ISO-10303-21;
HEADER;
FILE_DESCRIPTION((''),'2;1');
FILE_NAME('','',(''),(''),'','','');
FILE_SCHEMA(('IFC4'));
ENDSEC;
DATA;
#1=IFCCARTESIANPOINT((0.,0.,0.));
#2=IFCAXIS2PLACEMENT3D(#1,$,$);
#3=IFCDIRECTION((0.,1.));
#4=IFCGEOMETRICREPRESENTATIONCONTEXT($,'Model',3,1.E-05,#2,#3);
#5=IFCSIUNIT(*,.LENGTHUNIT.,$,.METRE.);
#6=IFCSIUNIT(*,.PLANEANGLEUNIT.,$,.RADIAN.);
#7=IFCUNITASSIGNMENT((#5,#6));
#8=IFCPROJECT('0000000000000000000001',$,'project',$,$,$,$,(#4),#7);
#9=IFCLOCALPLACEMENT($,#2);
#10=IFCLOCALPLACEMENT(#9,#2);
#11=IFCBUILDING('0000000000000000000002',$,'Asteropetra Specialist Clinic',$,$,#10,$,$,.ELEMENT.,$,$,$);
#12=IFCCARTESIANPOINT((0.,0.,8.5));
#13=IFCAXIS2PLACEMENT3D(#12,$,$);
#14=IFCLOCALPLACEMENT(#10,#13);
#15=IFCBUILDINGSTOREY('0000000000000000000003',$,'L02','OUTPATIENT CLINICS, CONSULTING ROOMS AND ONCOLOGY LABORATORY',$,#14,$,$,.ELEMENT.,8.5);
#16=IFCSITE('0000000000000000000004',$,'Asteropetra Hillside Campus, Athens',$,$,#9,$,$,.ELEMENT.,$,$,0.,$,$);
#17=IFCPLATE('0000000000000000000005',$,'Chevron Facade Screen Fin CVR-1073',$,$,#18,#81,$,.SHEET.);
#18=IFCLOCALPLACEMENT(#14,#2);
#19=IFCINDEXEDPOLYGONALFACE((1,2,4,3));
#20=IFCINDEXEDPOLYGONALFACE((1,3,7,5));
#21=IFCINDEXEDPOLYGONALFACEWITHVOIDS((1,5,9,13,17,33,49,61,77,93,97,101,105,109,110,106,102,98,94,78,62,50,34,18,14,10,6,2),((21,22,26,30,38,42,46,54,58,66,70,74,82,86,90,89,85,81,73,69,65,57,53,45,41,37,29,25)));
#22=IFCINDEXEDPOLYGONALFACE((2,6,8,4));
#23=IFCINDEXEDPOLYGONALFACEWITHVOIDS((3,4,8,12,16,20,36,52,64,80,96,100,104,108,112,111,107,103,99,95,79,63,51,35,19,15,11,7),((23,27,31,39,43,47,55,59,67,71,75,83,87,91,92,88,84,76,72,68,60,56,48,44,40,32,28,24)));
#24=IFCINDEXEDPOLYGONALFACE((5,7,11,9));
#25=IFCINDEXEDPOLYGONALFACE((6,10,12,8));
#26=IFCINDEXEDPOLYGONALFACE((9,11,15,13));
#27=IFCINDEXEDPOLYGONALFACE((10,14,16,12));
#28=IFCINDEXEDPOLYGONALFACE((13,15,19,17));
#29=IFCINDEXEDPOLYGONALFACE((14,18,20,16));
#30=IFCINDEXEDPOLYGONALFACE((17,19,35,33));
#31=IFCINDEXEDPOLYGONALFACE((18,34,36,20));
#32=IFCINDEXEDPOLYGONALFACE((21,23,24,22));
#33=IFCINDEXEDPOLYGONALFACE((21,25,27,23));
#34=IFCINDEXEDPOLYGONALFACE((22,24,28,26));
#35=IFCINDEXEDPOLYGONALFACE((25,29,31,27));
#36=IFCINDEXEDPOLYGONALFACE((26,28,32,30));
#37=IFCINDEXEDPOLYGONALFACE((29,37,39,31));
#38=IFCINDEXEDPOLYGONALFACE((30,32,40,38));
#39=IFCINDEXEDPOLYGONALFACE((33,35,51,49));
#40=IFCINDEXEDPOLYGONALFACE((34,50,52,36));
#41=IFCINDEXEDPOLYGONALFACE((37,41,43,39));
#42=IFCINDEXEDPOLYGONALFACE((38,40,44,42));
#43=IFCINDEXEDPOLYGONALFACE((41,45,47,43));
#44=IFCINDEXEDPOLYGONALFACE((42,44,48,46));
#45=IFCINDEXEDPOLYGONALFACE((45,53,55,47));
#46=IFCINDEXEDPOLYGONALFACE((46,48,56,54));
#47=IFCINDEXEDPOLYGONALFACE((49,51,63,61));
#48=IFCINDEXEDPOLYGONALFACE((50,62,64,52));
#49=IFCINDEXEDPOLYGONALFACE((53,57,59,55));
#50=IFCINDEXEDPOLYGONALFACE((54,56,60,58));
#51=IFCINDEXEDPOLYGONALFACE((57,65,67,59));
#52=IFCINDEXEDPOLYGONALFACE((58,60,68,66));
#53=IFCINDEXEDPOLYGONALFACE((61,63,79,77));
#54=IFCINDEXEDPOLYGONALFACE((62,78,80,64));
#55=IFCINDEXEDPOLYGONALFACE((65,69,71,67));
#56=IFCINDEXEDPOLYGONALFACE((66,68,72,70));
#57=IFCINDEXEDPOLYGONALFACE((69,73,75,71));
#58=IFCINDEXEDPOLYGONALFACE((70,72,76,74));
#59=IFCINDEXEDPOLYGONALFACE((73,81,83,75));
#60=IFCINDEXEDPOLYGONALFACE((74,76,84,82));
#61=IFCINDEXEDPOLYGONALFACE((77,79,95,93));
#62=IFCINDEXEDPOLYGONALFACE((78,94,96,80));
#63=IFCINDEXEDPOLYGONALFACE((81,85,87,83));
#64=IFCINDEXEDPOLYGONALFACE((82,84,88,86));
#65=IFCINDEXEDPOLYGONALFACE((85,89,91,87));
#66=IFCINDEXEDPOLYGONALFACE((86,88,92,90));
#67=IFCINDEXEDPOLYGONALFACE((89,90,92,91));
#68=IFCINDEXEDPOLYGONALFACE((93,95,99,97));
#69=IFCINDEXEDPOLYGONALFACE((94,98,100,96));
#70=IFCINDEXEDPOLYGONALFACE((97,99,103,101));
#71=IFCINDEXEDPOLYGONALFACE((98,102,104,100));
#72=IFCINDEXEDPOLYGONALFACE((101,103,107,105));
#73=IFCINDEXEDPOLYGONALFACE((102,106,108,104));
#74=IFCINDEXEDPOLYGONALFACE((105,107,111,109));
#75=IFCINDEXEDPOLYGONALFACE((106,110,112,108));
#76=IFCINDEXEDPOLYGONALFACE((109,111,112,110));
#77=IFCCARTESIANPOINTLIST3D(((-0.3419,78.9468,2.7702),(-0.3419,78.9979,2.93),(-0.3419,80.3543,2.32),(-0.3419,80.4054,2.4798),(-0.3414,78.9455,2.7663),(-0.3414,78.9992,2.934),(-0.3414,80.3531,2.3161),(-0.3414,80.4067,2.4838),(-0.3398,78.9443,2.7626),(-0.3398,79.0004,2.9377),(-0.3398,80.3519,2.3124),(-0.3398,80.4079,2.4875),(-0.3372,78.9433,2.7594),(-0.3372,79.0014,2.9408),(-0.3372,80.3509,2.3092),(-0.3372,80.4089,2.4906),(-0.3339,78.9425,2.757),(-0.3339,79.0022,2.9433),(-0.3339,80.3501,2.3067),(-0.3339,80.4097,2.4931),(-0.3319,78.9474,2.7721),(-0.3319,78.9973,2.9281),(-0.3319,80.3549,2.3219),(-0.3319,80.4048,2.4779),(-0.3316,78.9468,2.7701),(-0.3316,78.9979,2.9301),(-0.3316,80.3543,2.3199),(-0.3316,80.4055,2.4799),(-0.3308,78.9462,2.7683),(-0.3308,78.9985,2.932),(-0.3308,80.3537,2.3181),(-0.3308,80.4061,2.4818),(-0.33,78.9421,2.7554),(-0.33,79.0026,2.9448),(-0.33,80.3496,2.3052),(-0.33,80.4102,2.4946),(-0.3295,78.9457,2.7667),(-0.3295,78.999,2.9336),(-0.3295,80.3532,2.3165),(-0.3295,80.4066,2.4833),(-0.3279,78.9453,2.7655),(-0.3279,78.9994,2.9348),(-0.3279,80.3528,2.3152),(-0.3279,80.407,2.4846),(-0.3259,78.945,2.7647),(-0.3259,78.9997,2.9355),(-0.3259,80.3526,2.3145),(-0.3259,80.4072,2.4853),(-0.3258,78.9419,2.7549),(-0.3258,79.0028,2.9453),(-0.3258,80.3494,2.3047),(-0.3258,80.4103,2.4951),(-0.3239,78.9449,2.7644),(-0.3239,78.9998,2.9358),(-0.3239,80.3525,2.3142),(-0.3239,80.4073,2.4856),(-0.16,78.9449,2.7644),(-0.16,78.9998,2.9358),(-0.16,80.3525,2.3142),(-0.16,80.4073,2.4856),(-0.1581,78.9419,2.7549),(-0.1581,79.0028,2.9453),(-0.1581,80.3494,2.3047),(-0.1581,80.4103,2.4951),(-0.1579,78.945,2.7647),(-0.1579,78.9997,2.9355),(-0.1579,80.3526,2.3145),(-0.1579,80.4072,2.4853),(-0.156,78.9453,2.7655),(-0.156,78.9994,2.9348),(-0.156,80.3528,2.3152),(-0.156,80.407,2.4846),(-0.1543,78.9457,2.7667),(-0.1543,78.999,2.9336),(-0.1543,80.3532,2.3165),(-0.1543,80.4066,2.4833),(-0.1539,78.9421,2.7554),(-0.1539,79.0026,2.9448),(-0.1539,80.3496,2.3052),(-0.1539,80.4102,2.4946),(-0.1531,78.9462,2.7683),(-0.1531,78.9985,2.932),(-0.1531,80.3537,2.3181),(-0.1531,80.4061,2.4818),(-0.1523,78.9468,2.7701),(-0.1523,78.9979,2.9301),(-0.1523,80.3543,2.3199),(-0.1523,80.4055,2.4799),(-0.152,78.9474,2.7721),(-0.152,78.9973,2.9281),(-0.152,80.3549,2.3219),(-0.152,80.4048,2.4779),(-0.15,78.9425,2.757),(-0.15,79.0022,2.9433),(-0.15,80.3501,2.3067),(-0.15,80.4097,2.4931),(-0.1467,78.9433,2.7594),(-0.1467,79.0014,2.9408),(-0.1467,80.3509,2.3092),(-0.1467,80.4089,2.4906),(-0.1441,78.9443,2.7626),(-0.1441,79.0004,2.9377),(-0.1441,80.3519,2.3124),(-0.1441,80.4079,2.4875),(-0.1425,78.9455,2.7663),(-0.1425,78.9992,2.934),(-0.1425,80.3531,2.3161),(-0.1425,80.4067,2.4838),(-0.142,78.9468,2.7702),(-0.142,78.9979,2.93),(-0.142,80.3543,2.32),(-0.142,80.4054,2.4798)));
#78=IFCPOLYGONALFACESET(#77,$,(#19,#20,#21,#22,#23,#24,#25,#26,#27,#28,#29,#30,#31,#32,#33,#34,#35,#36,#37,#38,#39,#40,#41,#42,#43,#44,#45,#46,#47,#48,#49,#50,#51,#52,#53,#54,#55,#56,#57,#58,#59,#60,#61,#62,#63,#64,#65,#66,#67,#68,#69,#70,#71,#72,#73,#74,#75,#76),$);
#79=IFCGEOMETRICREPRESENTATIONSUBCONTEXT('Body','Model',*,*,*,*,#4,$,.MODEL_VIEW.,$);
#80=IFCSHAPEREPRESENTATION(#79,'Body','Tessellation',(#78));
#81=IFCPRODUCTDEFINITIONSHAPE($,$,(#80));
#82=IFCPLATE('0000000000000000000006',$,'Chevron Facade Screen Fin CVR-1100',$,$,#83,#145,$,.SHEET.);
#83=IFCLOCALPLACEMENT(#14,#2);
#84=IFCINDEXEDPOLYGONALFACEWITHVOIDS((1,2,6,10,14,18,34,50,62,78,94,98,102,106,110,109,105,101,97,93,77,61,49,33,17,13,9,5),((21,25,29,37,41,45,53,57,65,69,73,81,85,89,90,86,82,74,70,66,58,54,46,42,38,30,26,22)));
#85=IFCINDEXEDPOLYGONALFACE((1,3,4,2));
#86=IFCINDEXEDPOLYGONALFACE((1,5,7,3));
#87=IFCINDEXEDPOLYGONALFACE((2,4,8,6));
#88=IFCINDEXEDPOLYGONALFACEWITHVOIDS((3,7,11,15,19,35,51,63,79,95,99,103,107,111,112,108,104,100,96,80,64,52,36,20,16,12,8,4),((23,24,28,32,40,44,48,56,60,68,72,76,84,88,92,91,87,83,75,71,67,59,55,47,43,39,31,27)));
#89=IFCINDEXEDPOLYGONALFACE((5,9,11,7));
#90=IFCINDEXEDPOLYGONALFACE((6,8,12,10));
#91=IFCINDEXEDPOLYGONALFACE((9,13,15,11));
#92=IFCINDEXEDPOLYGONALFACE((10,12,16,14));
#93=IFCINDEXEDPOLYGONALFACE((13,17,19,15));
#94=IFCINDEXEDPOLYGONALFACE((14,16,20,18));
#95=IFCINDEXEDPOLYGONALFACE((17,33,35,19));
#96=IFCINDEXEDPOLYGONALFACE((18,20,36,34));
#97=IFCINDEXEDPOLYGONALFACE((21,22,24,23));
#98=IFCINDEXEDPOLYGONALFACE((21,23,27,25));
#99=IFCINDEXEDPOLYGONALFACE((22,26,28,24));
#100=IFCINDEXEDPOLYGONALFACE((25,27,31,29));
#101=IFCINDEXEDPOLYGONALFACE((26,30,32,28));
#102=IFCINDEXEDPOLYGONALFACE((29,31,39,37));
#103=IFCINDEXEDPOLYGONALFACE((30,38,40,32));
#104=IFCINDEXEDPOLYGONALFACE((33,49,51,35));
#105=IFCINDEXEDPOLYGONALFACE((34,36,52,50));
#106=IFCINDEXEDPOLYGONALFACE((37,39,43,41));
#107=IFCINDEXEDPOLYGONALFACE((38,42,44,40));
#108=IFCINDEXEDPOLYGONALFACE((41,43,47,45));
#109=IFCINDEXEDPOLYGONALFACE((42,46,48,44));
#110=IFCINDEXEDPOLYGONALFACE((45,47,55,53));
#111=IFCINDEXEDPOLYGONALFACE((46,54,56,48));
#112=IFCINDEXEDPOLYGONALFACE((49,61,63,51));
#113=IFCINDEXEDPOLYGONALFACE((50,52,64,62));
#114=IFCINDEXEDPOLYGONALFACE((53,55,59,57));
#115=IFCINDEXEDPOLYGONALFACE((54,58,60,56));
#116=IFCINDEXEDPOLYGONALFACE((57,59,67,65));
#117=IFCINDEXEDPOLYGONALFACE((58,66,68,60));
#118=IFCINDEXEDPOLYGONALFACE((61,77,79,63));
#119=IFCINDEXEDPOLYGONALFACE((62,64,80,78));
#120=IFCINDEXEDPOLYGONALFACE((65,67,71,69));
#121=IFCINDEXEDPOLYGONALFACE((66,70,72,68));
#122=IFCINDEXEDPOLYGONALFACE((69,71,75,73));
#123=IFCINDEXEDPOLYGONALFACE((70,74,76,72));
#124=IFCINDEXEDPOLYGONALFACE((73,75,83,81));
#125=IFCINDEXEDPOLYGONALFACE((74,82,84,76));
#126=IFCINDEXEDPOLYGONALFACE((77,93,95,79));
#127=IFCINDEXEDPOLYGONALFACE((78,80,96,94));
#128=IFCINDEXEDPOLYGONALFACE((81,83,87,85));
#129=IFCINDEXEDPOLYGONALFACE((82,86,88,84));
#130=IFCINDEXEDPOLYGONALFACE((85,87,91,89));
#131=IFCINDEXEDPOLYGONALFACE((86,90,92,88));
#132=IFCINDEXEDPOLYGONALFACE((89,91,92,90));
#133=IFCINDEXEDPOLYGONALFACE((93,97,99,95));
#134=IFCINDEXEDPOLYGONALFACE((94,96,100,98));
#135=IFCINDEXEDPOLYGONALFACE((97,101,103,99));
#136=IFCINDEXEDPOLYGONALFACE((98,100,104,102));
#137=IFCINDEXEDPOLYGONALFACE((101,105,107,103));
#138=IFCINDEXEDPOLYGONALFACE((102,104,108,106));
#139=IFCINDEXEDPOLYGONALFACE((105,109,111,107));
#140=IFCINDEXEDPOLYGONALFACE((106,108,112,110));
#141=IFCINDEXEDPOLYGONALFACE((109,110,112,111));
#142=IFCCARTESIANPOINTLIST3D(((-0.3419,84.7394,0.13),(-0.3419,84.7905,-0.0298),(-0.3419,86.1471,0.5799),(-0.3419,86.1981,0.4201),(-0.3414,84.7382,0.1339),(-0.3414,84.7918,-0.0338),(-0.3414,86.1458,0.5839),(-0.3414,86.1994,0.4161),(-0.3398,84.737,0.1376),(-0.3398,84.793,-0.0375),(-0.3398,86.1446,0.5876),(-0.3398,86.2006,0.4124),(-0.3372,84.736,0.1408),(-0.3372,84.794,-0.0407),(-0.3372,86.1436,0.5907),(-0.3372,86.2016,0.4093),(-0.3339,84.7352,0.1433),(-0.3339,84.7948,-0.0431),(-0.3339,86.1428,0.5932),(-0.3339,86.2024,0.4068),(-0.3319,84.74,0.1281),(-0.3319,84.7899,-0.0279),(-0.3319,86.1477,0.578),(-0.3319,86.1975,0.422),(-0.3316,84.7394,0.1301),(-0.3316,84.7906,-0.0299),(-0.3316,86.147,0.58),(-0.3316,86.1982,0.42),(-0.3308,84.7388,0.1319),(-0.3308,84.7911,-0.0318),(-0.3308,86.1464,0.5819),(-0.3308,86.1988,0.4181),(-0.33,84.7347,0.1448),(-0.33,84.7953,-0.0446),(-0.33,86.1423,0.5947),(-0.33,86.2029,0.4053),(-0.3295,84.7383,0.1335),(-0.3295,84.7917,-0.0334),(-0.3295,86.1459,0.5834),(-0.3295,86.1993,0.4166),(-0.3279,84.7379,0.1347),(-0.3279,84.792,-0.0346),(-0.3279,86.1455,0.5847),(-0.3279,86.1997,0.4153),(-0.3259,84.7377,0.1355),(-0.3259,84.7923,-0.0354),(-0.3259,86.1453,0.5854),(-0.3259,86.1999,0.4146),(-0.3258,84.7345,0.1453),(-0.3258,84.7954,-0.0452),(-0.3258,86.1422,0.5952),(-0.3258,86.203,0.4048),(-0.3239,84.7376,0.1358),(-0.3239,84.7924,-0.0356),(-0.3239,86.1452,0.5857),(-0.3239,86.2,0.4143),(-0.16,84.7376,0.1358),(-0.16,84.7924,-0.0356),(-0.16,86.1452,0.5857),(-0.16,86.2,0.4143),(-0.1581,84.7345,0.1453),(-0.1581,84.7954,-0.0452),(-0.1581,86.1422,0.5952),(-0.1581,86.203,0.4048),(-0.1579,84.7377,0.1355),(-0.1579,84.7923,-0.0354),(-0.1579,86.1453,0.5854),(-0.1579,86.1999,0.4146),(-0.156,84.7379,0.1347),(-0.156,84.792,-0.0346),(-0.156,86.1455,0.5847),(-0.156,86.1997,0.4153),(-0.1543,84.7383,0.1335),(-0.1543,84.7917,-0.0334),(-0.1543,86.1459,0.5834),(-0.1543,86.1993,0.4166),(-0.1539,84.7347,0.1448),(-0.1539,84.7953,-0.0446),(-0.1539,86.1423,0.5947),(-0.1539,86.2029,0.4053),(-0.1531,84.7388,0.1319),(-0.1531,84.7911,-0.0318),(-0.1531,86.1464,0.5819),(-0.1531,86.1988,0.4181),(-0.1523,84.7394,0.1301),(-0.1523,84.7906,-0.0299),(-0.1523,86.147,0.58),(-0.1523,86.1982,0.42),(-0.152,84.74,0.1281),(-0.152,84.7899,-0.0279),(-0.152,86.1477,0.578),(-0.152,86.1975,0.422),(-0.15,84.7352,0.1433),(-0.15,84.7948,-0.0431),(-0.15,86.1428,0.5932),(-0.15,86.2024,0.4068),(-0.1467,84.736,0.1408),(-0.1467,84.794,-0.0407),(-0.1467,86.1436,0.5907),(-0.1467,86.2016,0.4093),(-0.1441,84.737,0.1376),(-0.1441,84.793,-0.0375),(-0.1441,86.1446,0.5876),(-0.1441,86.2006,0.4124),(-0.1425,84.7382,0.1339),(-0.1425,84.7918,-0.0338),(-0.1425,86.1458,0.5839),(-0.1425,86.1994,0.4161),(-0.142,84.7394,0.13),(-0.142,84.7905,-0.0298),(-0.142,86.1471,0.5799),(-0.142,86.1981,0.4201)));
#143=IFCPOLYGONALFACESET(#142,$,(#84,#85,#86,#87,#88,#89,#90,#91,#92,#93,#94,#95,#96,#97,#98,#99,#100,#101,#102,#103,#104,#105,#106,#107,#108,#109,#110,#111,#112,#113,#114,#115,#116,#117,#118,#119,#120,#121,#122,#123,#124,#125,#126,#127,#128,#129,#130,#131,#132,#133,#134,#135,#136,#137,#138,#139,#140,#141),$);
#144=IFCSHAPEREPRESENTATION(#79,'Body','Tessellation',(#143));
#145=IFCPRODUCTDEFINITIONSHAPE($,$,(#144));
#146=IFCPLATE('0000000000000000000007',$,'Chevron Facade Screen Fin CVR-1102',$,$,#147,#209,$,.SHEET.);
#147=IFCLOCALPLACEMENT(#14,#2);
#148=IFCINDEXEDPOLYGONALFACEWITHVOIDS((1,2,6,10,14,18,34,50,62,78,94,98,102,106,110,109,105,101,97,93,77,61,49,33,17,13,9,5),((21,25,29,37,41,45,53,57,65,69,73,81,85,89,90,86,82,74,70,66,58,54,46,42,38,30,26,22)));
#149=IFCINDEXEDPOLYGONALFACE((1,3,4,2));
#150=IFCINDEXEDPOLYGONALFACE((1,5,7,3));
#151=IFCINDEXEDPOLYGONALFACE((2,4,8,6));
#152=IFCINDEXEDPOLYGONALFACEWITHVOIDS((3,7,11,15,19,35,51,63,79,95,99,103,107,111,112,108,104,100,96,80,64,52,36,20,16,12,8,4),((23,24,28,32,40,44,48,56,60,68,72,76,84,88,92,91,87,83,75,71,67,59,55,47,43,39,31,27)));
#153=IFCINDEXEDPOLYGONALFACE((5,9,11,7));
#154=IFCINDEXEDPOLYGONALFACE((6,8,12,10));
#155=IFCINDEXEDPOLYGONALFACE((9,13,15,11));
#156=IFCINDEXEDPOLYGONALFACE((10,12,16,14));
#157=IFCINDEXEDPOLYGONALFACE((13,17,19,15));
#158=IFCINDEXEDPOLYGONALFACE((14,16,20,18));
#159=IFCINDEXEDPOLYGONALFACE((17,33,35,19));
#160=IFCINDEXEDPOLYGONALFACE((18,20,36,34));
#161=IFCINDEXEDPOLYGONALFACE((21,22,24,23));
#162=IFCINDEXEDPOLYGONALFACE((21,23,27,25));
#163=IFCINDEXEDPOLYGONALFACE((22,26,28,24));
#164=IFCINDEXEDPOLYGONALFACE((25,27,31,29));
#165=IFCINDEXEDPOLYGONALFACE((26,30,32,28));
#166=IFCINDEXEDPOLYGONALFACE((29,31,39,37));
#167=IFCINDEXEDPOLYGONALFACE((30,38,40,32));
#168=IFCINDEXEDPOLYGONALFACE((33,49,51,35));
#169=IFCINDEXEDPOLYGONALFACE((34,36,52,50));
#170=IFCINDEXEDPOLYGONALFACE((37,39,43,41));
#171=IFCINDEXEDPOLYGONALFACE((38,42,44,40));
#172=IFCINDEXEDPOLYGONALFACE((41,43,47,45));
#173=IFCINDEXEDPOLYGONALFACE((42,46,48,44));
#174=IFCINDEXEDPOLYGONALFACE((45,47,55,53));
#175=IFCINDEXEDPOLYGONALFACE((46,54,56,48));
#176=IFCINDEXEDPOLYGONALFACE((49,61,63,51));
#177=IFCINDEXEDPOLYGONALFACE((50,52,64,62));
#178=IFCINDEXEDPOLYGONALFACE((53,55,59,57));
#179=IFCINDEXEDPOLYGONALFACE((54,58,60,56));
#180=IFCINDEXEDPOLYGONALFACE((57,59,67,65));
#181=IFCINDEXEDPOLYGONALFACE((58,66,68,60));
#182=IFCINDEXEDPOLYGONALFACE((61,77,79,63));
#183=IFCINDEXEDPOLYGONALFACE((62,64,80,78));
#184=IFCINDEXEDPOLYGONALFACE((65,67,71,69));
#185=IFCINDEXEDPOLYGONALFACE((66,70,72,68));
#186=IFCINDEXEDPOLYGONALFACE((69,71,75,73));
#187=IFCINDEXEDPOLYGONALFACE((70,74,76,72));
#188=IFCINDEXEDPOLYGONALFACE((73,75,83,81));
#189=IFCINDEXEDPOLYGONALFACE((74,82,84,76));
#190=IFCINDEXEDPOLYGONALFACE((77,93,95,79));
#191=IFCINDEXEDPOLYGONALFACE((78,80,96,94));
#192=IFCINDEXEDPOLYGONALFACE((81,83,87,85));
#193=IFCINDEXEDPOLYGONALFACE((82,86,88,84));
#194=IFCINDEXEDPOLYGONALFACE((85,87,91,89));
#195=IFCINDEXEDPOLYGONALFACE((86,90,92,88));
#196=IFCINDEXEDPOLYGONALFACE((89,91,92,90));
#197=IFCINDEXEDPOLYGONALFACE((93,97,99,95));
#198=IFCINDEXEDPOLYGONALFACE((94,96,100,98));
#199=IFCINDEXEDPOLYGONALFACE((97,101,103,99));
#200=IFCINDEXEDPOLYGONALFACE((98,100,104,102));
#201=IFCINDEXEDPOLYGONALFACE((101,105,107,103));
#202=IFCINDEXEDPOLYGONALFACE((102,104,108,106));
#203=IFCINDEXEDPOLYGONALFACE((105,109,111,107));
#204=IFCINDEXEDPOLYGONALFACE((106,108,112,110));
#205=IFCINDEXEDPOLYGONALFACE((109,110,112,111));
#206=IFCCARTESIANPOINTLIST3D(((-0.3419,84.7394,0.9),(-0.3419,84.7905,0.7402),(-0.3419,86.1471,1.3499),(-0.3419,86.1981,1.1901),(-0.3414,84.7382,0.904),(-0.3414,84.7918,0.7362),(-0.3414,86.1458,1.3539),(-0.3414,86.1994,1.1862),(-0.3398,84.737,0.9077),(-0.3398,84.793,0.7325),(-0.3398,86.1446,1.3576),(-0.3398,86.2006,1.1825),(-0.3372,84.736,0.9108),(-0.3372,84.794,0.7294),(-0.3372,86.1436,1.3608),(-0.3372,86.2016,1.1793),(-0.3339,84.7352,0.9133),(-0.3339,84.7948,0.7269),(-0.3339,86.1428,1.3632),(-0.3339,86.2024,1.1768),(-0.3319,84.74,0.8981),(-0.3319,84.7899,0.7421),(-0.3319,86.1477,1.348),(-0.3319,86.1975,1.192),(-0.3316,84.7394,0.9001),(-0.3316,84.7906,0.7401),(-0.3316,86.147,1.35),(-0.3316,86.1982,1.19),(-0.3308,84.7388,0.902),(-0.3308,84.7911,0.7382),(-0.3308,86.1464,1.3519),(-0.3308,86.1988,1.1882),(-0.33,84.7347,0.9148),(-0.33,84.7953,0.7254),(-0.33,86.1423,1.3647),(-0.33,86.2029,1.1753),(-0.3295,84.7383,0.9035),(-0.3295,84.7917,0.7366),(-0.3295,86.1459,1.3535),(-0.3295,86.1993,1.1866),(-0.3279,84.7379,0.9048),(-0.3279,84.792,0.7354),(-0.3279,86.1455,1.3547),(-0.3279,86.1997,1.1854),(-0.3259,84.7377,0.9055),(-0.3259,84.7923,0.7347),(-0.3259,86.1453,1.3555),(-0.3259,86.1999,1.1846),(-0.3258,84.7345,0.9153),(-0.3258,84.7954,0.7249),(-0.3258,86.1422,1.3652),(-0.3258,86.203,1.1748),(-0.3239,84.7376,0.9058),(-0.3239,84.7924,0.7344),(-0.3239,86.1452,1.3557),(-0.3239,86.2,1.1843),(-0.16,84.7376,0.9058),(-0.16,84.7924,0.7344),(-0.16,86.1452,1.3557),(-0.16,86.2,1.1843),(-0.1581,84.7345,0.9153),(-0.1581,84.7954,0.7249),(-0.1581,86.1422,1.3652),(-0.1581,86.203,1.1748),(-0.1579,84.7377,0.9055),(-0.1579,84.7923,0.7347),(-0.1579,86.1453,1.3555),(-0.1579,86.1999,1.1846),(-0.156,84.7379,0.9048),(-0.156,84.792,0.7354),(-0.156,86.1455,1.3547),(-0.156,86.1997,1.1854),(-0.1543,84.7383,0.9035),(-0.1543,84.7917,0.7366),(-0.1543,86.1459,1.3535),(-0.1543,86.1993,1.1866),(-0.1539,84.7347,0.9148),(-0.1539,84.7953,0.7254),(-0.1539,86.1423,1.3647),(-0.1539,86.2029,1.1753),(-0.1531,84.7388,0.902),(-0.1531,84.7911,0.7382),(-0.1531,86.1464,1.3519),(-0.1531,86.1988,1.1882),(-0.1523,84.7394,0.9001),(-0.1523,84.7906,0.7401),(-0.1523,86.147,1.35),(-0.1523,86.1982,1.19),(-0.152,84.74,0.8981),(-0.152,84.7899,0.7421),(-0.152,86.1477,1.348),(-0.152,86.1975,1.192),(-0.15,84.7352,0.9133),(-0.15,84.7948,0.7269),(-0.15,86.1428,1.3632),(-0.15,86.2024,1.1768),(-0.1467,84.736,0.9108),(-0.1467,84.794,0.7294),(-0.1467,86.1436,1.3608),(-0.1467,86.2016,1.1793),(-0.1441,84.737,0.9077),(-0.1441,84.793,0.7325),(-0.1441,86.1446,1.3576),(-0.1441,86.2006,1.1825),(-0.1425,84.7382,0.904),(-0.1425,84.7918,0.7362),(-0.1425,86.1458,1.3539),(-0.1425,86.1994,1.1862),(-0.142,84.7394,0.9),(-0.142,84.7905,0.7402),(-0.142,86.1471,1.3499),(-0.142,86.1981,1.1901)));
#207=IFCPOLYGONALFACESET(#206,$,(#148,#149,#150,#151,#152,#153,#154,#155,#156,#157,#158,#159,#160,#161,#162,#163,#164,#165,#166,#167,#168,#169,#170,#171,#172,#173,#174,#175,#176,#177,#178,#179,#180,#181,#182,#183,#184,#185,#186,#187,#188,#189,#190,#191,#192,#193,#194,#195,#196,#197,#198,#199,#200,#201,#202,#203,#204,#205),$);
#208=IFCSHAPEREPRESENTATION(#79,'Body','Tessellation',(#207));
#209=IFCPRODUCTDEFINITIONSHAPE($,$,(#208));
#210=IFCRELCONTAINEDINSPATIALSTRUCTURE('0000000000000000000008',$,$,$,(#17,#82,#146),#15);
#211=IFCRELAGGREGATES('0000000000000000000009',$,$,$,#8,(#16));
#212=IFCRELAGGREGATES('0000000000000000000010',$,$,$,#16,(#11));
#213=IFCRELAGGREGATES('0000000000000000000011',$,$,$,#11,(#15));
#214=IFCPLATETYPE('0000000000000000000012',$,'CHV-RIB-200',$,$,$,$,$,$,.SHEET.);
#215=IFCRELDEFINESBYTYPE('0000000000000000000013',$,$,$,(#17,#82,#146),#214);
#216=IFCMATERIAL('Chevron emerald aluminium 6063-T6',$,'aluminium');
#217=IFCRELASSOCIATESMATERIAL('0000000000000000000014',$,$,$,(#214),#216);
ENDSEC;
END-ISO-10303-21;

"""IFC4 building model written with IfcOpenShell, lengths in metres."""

from ifc_helpers import new_model, si_unit, direction, frame, origin, origin_2d, place, context, subcontext, project, spatial, hollow_rectangle, extrude, material, material_profile, profile_set, type_object, element, save


model = new_model("IFC4")

# Units and contexts
model_context = context("Model", 3, precision=1e-05, world=origin(), true_north=direction((0.0, 1.0)))
body_context = subcontext(model_context, "Body", "Model", "MODEL_VIEW")
ifc_project = project(units=[si_unit("LENGTHUNIT", "METRE"), si_unit("PLANEANGLEUNIT", "RADIAN")], contexts=[model_context])

# Site, building, storey
site_placement = place(None, origin())
site = spatial("IfcSite", under=ifc_project, at=site_placement, Name="Asteropetra Hillside Campus, Athens", CompositionType="ELEMENT", RefElevation=0.0)
building_placement = place(site_placement, origin())
building = spatial("IfcBuilding", under=site, at=building_placement, Name="Asteropetra Specialist Clinic", CompositionType="ELEMENT")
storey_placement = place(building_placement, frame((0.0, 0.0, 8.5)))
storey = spatial("IfcBuildingStorey", under=building, at=storey_placement, Name="L02", Description="OUTPATIENT CLINICS, CONSULTING ROOMS AND ONCOLOGY LABORATORY", CompositionType="ELEMENT", Elevation=8.5)

# Plates
ifc_material_1 = material(Name="Chevron emerald aluminium 6063-T6", Category="aluminium")
ifc_material_profile = material_profile(ifc_material_1, hollow_rectangle(XDim=0.2, YDim=0.2, WallThickness=0.01, InnerFilletRadius=0.0081, OuterFilletRadius=0.0161, at=origin_2d()), Name="SHS 200x200x10.0")
ifc_profile_set = profile_set([ifc_material_profile], Name="Chevron emerald aluminium 6063-T6")
plate_type_1 = type_object("IfcPlateType", Name="CHV-RIB-200", PredefinedType="SHEET", material=ifc_profile_set)
for number, where, z_axis, x_axis, name in (
    (1, (-0.2419, 80.3799, 2.3999), (0.0, -0.952463, 0.304656), (1.0, 0.0, 0.0), "Chevron Facade Screen Fin CVR-1073"),
    (2, (-0.2419, 86.1726, 0.5), (0.0, -0.952526, -0.304458), (1.0, 0.0, 0.0), "Chevron Facade Screen Fin CVR-1100"),
    (3, (-0.2419, 86.1726, 1.27), (0.0, -0.952526, -0.304458), (1.0, 0.0, 0.0), "Chevron Facade Screen Fin CVR-1102"),
):
    element("IfcPlate", number, at=place(storey_placement, frame(where, z_axis=z_axis, x_axis=x_axis)), inside=storey, type_object=plate_type_1, Name=name, PredefinedType="SHEET", context=body_context, shape_type="SweptSolid", body=[
        extrude(hollow_rectangle(XDim=0.2, YDim=0.2, WallThickness=0.01, InnerFilletRadius=0.0081, OuterFilletRadius=0.0161, at=origin_2d()), origin(), (0.0, 0.0, 1.0), 1.4778),
    ])

save(model, "model.ifc")
